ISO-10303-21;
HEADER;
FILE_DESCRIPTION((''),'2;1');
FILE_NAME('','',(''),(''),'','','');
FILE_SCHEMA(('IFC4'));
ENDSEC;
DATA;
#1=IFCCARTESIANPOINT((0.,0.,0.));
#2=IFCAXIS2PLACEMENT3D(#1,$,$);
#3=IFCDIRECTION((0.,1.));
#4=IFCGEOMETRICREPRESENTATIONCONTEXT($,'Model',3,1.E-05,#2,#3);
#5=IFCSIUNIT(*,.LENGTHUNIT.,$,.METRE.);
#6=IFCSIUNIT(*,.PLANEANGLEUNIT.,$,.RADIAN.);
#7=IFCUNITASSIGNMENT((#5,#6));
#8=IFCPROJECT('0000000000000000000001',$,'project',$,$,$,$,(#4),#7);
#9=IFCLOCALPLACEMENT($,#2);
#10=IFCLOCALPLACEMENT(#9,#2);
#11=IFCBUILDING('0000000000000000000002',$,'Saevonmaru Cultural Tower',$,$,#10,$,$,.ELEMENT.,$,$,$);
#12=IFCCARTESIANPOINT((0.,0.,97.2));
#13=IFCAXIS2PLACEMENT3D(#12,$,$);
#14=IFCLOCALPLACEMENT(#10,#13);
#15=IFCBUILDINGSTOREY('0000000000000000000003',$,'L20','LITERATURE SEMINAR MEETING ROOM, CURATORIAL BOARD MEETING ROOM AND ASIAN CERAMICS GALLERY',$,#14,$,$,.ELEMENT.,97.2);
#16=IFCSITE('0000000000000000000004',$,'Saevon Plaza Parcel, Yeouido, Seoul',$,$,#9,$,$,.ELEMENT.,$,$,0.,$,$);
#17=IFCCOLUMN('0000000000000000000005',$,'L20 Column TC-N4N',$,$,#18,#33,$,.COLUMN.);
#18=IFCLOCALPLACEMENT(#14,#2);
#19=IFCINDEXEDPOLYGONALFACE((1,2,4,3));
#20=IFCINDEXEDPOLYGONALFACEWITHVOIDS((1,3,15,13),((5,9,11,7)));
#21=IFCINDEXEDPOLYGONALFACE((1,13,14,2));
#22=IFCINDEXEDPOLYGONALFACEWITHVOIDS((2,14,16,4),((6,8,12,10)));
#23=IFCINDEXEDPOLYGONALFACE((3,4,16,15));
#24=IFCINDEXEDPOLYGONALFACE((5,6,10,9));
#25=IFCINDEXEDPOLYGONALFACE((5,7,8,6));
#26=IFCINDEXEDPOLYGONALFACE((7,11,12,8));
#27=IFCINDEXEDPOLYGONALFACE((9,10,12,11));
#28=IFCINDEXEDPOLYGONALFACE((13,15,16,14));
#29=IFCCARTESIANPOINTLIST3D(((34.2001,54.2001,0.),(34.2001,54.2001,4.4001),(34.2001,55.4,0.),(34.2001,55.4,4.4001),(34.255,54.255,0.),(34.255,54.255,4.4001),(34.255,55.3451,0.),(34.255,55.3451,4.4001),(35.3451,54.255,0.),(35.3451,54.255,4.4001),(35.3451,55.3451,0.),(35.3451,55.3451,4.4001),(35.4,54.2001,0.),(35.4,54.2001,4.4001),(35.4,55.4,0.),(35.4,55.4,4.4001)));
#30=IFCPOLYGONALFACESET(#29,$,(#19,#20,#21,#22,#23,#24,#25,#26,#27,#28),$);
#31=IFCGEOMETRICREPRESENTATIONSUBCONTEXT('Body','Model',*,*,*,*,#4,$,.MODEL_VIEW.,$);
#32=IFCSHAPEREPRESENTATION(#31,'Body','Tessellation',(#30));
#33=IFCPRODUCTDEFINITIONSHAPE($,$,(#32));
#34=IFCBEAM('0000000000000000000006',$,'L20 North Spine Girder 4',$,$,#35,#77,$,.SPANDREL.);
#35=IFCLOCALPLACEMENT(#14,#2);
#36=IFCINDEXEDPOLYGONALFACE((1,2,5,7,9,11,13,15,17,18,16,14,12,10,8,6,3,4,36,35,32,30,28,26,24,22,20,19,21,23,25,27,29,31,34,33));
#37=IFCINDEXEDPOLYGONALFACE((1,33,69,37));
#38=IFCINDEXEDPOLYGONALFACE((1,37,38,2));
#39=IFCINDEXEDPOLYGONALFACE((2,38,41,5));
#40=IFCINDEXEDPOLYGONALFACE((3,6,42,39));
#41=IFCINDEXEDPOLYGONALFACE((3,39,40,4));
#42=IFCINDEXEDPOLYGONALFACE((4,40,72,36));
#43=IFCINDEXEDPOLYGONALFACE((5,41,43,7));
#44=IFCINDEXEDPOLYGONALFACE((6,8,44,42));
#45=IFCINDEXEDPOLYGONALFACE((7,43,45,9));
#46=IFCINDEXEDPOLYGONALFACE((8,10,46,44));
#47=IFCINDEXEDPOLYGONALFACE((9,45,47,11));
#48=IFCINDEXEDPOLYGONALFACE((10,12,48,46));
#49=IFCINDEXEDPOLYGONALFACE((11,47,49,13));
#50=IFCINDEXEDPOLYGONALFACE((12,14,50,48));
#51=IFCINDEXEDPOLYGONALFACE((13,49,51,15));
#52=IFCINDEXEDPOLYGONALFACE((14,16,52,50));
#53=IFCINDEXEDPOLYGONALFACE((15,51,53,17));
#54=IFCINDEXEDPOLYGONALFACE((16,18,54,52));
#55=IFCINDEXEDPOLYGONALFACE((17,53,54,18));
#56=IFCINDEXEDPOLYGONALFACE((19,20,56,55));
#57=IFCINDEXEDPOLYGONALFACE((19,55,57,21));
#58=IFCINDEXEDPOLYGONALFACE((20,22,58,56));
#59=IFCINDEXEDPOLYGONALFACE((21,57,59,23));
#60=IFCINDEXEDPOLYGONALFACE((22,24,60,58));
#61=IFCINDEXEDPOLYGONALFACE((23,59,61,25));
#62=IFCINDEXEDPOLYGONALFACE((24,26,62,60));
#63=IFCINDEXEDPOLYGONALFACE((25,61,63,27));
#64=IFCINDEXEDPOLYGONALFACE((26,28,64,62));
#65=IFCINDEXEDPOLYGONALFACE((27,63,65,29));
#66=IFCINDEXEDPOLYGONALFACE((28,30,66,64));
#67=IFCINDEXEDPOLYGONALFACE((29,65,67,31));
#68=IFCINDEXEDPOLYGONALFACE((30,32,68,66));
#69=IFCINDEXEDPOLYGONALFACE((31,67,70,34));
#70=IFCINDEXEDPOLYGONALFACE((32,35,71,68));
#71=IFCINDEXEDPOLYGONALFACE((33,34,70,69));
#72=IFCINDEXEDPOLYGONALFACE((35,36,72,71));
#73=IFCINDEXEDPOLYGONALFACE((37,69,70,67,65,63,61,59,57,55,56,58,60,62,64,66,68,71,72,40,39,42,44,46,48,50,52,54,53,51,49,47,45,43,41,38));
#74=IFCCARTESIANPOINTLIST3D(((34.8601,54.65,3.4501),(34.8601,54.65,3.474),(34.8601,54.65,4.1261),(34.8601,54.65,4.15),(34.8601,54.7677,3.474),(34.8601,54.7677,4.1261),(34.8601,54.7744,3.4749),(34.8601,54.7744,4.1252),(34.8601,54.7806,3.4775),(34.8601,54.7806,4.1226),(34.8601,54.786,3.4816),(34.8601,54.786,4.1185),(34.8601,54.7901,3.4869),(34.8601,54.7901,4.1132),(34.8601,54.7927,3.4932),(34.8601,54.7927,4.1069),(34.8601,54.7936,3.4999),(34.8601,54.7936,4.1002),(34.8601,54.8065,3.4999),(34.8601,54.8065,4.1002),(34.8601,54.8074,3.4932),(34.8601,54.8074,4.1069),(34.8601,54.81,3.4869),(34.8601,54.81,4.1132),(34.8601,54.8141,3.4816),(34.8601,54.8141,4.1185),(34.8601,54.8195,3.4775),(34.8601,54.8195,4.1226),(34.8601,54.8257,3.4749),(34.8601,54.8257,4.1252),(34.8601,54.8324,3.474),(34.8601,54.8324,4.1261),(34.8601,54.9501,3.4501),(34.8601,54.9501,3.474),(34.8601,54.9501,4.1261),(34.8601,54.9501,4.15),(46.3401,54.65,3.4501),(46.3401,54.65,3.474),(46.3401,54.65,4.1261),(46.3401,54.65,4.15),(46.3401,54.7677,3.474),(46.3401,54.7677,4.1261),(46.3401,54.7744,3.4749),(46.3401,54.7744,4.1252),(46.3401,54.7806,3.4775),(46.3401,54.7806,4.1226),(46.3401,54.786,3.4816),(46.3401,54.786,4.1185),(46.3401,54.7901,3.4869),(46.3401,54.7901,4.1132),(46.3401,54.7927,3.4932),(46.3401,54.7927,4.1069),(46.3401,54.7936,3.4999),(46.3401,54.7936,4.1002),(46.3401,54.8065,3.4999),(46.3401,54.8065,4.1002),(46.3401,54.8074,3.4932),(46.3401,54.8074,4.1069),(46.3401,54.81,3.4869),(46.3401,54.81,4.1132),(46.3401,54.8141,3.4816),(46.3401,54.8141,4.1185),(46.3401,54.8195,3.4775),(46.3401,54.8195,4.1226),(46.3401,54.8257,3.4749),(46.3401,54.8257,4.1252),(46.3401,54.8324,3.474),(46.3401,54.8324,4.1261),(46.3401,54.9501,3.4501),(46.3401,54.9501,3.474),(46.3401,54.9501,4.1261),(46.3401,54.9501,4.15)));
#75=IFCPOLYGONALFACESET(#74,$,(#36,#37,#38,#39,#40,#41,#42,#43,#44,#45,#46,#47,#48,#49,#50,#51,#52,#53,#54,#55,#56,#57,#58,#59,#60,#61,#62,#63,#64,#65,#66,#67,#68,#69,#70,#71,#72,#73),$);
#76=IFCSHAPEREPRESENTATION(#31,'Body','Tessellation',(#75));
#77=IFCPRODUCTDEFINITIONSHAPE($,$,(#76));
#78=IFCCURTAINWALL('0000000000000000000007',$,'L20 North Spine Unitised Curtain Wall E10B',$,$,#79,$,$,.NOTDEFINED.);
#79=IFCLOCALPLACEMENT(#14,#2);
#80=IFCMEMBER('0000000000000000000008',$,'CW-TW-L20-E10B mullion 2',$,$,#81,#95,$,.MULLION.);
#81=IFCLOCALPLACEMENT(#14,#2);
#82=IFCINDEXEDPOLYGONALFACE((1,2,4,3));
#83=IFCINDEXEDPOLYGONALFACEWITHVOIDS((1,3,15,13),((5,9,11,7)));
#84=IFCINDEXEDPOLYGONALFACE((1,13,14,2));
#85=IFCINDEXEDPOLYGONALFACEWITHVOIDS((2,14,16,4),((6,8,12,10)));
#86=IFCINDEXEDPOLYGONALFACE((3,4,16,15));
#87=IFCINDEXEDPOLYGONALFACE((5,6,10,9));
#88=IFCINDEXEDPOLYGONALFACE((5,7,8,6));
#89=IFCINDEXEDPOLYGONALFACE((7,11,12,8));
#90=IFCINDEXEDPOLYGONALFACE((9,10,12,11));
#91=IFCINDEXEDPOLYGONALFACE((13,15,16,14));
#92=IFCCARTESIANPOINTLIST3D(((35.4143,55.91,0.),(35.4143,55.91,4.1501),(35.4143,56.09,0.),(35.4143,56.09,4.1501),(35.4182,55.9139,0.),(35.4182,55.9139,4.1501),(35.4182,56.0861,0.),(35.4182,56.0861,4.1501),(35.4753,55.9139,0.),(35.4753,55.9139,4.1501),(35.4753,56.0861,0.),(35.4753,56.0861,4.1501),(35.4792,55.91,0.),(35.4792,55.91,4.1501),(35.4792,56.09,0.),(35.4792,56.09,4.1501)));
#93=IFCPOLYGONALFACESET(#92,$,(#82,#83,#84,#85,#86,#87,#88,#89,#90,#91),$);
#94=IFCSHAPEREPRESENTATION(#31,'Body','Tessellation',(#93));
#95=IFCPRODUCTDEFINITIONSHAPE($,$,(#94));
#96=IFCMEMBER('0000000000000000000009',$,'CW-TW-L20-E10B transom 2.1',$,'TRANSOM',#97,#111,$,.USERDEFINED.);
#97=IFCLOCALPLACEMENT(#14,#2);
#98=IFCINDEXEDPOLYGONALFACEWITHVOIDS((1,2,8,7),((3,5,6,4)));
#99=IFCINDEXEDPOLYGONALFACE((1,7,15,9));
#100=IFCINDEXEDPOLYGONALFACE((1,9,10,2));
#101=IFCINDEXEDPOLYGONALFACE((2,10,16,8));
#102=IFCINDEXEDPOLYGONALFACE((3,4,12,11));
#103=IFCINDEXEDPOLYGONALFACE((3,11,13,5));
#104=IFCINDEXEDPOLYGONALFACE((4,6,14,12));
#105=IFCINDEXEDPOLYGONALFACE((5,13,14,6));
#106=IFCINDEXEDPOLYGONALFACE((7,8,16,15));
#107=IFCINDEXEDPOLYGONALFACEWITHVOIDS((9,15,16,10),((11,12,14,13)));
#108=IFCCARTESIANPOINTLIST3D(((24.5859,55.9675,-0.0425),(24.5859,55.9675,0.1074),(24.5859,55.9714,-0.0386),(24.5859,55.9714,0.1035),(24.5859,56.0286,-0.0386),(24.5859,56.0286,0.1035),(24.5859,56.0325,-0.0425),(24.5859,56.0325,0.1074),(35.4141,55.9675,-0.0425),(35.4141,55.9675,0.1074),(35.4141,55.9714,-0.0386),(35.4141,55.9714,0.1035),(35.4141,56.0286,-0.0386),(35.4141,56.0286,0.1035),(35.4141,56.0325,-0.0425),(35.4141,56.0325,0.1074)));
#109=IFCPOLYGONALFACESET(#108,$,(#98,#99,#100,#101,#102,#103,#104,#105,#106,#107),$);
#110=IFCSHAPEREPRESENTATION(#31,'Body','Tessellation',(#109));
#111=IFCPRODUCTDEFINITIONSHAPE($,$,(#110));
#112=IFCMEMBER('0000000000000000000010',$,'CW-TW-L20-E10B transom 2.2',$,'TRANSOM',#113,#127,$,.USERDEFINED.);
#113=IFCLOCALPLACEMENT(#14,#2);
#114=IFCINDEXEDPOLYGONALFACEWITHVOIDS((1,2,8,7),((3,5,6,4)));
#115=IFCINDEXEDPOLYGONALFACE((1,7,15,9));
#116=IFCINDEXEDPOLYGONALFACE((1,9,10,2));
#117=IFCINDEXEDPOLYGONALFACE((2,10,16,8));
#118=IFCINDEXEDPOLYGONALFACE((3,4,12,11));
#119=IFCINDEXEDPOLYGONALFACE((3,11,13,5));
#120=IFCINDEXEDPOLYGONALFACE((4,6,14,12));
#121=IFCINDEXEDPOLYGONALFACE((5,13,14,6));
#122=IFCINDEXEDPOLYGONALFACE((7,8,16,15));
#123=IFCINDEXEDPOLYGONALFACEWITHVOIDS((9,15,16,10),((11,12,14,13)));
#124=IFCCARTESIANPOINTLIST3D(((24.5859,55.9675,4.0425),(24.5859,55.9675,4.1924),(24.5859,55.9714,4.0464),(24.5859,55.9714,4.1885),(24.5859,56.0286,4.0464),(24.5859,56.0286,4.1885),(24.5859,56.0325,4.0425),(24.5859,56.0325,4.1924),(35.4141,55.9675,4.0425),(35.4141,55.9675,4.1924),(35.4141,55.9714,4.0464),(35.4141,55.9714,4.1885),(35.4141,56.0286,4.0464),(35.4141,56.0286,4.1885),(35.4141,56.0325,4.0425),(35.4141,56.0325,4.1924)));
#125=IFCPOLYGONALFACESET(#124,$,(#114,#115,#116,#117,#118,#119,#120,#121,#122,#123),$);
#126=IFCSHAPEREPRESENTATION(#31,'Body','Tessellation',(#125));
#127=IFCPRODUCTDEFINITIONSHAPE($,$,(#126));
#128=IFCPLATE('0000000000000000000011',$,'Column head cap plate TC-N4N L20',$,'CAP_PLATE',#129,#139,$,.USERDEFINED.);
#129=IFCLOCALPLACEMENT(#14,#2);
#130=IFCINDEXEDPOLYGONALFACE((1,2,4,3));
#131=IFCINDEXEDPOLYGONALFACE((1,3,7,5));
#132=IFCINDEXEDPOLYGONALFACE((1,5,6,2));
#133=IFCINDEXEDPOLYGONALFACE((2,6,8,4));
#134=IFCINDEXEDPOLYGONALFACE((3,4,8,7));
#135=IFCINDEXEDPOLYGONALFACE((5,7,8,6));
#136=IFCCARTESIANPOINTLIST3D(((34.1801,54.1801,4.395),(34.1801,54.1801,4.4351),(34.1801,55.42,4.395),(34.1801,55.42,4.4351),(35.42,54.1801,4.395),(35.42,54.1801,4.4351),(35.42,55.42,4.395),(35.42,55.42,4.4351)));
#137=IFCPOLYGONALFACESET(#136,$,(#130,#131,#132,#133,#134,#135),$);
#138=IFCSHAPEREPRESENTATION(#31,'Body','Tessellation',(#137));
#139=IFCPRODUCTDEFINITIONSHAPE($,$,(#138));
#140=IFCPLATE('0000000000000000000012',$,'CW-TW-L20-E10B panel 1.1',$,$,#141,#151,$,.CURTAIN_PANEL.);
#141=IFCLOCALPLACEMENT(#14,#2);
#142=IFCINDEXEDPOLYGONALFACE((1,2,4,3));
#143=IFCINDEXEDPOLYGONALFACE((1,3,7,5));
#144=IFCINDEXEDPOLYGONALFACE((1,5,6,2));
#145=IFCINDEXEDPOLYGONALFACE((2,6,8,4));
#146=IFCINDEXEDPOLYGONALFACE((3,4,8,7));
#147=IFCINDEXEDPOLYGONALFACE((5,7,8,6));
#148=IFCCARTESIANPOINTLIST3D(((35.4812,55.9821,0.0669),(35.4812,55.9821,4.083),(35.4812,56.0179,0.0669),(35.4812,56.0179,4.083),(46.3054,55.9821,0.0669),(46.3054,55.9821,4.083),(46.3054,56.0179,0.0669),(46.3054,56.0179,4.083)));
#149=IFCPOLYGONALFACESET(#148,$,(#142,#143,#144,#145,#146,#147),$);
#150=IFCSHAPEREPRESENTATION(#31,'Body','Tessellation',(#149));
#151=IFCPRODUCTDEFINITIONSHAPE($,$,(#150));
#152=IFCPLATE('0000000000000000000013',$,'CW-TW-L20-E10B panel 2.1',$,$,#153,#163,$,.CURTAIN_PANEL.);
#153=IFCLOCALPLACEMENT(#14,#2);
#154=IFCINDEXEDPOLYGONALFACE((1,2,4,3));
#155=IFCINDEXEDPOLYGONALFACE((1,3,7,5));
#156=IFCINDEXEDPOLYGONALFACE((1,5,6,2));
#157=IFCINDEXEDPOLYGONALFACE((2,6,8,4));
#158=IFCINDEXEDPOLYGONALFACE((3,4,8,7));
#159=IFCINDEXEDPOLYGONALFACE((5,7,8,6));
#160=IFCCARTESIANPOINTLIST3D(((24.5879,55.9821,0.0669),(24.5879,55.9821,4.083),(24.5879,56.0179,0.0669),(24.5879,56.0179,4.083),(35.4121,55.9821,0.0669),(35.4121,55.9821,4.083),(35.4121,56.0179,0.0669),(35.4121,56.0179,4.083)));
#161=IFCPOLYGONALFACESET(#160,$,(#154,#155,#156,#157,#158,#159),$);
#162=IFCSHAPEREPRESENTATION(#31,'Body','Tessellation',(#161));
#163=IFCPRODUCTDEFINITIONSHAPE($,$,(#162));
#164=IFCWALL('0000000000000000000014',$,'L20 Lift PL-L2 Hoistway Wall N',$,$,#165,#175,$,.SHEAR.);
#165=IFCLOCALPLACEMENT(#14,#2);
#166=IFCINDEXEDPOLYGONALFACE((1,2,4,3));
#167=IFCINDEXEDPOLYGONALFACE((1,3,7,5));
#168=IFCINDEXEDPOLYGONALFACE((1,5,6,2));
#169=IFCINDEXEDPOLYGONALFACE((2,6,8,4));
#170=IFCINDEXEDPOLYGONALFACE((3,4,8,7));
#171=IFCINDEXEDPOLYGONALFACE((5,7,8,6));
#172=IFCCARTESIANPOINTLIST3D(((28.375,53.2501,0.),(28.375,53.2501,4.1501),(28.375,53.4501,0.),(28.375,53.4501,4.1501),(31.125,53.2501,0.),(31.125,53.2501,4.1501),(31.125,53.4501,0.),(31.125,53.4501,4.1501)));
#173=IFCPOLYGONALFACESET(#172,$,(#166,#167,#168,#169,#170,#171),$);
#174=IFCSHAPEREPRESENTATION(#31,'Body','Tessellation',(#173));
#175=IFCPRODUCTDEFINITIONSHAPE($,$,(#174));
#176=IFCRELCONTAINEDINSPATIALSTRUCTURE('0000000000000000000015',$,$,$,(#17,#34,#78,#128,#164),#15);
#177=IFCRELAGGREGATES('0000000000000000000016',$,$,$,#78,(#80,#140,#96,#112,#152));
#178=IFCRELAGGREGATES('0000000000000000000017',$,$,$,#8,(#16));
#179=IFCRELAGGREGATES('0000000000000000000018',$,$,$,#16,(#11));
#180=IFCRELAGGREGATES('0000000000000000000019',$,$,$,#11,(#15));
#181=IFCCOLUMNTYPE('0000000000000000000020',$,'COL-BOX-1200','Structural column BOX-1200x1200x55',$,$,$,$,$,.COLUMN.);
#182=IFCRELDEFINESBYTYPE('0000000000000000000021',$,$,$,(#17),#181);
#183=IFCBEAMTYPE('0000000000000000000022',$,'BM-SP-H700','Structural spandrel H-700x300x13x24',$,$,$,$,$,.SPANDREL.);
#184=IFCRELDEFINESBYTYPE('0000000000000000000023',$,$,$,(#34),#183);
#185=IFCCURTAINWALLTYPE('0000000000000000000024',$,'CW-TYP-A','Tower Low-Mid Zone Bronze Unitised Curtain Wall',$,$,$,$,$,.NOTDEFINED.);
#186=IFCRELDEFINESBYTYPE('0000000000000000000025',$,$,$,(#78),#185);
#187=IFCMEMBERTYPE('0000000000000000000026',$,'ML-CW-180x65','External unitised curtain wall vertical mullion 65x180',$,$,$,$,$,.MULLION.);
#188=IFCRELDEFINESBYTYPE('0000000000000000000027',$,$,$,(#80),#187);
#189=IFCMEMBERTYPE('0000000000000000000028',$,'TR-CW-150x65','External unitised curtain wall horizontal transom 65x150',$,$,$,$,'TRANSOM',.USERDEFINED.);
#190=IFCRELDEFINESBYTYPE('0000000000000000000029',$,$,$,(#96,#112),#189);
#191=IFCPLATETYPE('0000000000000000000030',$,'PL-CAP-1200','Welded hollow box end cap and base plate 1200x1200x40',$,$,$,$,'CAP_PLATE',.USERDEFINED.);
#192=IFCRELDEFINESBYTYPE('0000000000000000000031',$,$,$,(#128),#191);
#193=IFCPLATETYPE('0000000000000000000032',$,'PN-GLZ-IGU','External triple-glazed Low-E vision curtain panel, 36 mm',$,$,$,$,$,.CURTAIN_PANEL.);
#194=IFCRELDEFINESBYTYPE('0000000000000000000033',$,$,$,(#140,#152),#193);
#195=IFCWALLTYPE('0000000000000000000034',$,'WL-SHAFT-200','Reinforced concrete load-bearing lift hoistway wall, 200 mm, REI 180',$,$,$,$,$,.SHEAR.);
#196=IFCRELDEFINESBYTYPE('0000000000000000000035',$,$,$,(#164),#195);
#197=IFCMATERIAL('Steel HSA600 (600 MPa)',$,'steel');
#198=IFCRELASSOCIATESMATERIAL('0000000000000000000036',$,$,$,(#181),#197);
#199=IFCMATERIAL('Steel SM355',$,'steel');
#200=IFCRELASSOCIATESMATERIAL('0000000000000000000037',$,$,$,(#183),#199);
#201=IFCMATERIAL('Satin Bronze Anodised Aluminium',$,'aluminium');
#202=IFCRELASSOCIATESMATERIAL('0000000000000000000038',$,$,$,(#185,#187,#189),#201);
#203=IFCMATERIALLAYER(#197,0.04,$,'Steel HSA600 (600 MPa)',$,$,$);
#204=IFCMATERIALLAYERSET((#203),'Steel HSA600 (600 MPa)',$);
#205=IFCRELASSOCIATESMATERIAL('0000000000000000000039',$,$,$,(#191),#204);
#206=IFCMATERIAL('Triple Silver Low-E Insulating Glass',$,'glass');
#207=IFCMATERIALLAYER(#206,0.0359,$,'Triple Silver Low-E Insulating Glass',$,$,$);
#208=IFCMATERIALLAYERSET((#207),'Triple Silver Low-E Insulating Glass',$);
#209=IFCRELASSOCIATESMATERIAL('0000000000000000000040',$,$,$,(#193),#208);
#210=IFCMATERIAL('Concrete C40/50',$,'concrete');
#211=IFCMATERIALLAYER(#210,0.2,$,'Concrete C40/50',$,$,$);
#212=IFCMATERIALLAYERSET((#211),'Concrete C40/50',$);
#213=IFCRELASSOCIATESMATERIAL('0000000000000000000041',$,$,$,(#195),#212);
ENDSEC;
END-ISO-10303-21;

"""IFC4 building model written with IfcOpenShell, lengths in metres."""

from ifc_helpers import new_model, si_unit, direction, frame, frame_2d, origin, origin_2d, place, context, subcontext, project, spatial, rectangle, hollow_rectangle, i_section, extrude, material, layer, layer_set, material_profile, profile_set, type_object, element, aggregate, save


model = new_model("IFC4")

# Units and contexts
model_context = context("Model", 3, precision=1e-05, world=origin(), true_north=direction((0.0, 1.0)))
body_context = subcontext(model_context, "Body", "Model", "MODEL_VIEW")
ifc_project = project(units=[si_unit("LENGTHUNIT", "METRE"), si_unit("PLANEANGLEUNIT", "RADIAN")], contexts=[model_context])

# Site, building, storey
site_placement = place(None, origin())
site = spatial("IfcSite", under=ifc_project, at=site_placement, Name="Saevon Plaza Parcel, Yeouido, Seoul", CompositionType="ELEMENT", RefElevation=0.0)
building_placement = place(site_placement, origin())
building = spatial("IfcBuilding", under=site, at=building_placement, Name="Saevonmaru Cultural Tower", CompositionType="ELEMENT")
storey_placement = place(building_placement, frame((0.0, 0.0, 97.2)))
storey = spatial("IfcBuildingStorey", under=building, at=storey_placement, Name="L20", Description="LITERATURE SEMINAR MEETING ROOM, CURATORIAL BOARD MEETING ROOM AND ASIAN CERAMICS GALLERY", CompositionType="ELEMENT", Elevation=97.2)

# Column
ifc_material_1 = material(Name="Steel HSA600 (600 MPa)", Category="steel")
ifc_material_profile_1 = material_profile(ifc_material_1, hollow_rectangle(XDim=1.2, YDim=1.2, WallThickness=0.0549, at=origin_2d()), Name="BOX-1200x1200x55")
ifc_profile_set_1 = profile_set([ifc_material_profile_1], Name="Steel HSA600 (600 MPa)")
column_type = type_object("IfcColumnType", Name="COL-BOX-1200", Description="Structural column BOX-1200x1200x55", PredefinedType="COLUMN", material=ifc_profile_set_1)
column_placement = place(storey_placement, frame((34.8, 54.8, 0.0), z_axis=(0.0, 0.0, 1.0), x_axis=(1.0, 0.0, 0.0)))
element("IfcColumn", 1, at=column_placement, inside=storey, type_object=column_type, Name="L20 Column TC-N4N", PredefinedType="COLUMN", context=body_context, shape_type="SweptSolid", body=[
    extrude(hollow_rectangle(XDim=1.2, YDim=1.2, WallThickness=0.0549, at=origin_2d()), origin(), (0.0, 0.0, 1.0), 4.4001),
])

# Beam
ifc_material_2 = material(Name="Steel SM355", Category="steel")
ifc_material_profile_2 = material_profile(ifc_material_2, i_section(OverallWidth=0.3, OverallDepth=0.7, WebThickness=0.0129, FlangeThickness=0.0239, FilletRadius=0.0259, at=origin_2d()), Name="H-700x300x13x24")
ifc_profile_set_2 = profile_set([ifc_material_profile_2], Name="Steel SM355")
beam_type = type_object("IfcBeamType", Name="BM-SP-H700", Description="Structural spandrel H-700x300x13x24", PredefinedType="SPANDREL", material=ifc_profile_set_2)
beam_placement = place(storey_placement, frame((34.8601, 54.8, 3.8), z_axis=(1.0, 0.0, 0.0), x_axis=(0.0, 1.0, 0.0)))
element("IfcBeam", 2, at=beam_placement, inside=storey, type_object=beam_type, Name="L20 North Spine Girder 4", PredefinedType="SPANDREL", context=body_context, shape_type="SweptSolid", body=[
    extrude(i_section(OverallWidth=0.3, OverallDepth=0.7, WebThickness=0.0129, FlangeThickness=0.0239, FilletRadius=0.0259, at=origin_2d()), origin(), (0.0, 0.0, 1.0), 11.48),
])

# Curtain wall, members
ifc_material_3 = material(Name="Satin Bronze Anodised Aluminium", Category="aluminium")
curtain_wall_type = type_object("IfcCurtainWallType", Name="CW-TYP-A", Description="Tower Low-Mid Zone Bronze Unitised Curtain Wall", PredefinedType="NOTDEFINED", material=ifc_material_3)
curtain_wall_placement = place(storey_placement, origin())
curtain_wall = element("IfcCurtainWall", 3, at=curtain_wall_placement, inside=storey, type_object=curtain_wall_type, Name="L20 North Spine Unitised Curtain Wall E10B", PredefinedType="NOTDEFINED")
ifc_material_profile_3 = material_profile(ifc_material_3, hollow_rectangle(XDim=0.0649, YDim=0.1799, WallThickness=0.0039, at=origin_2d()), Name="ALU-MULL-180x65x4")
ifc_profile_set_3 = profile_set([ifc_material_profile_3], Name="Satin Bronze Anodised Aluminium")
member_type_1 = type_object("IfcMemberType", Name="ML-CW-180x65", Description="External unitised curtain wall vertical mullion 65x180", PredefinedType="MULLION", material=ifc_profile_set_3)
member_1_placement = place(storey_placement, frame((35.4468, 56.0, 0.0), z_axis=(0.0, 0.0, 1.0), x_axis=(-1.0, 0.0, 0.0)))
member_1 = element("IfcMember", 4, at=member_1_placement, type_object=member_type_1, Name="CW-TW-L20-E10B mullion 2", PredefinedType="MULLION", context=body_context, shape_type="SweptSolid", body=[
    extrude(hollow_rectangle(XDim=0.0649, YDim=0.1799, WallThickness=0.0039, at=origin_2d()), origin(), (0.0, 0.0, 1.0), 4.1501),
])
ifc_material_profile_4 = material_profile(ifc_material_3, hollow_rectangle(XDim=0.0649, YDim=0.1499, WallThickness=0.0039, at=origin_2d()), Name="ALU-TRAN-150x65x4")
ifc_profile_set_4 = profile_set([ifc_material_profile_4], Name="Satin Bronze Anodised Aluminium")
member_type_2 = type_object("IfcMemberType", Name="TR-CW-150x65", Description="External unitised curtain wall horizontal transom 65x150", ElementType="TRANSOM", PredefinedType="USERDEFINED", material=ifc_profile_set_4)
member_2_placement = place(storey_placement, frame((35.4141, 56.0, 0.0325), z_axis=(-1.0, 0.0, 0.0), x_axis=(0.0, -1.0, 0.0)))
member_2 = element("IfcMember", 5, at=member_2_placement, type_object=member_type_2, Name="CW-TW-L20-E10B transom 2.1", ObjectType="TRANSOM", PredefinedType="USERDEFINED", context=body_context, shape_type="SweptSolid", body=[
    extrude(hollow_rectangle(XDim=0.0649, YDim=0.1499, WallThickness=0.0039, at=origin_2d()), origin(), (0.0, 0.0, 1.0), 10.8281),
])
member_3_placement = place(storey_placement, frame((35.4141, 56.0, 4.1174), z_axis=(-1.0, 0.0, 0.0), x_axis=(0.0, -1.0, 0.0)))
member_3 = element("IfcMember", 6, at=member_3_placement, type_object=member_type_2, Name="CW-TW-L20-E10B transom 2.2", ObjectType="TRANSOM", PredefinedType="USERDEFINED", context=body_context, shape_type="SweptSolid", body=[
    extrude(hollow_rectangle(XDim=0.0649, YDim=0.1499, WallThickness=0.0039, at=origin_2d()), origin(), (0.0, 0.0, 1.0), 10.8281),
])

# Plates
ifc_layer_1 = layer(ifc_material_1, 0.04, Name="Steel HSA600 (600 MPa)")
ifc_layer_set_1 = layer_set([ifc_layer_1], Name="Steel HSA600 (600 MPa)")
plate_type_1 = type_object("IfcPlateType", Name="PL-CAP-1200", Description="Welded hollow box end cap and base plate 1200x1200x40", ElementType="CAP_PLATE", PredefinedType="USERDEFINED", material=ifc_layer_set_1)
plate_1_placement = place(storey_placement, frame((34.8, 54.8, 4.395), z_axis=(0.0, 0.0, 1.0), x_axis=(1.0, 0.0, 0.0)))
element("IfcPlate", 7, at=plate_1_placement, inside=storey, type_object=plate_type_1, Name="Column head cap plate TC-N4N L20", ObjectType="CAP_PLATE", PredefinedType="USERDEFINED", context=body_context, shape_type="SweptSolid", body=[
    extrude(rectangle(XDim=1.24, YDim=1.24, at=origin_2d()), origin(), (0.0, 0.0, 1.0), 0.04),
])
ifc_material_4 = material(Name="Triple Silver Low-E Insulating Glass", Category="glass")
ifc_layer_2 = layer(ifc_material_4, 0.0359, Name="Triple Silver Low-E Insulating Glass")
ifc_layer_set_2 = layer_set([ifc_layer_2], Name="Triple Silver Low-E Insulating Glass")
plate_type_2 = type_object("IfcPlateType", Name="PN-GLZ-IGU", Description="External triple-glazed Low-E vision curtain panel, 36 mm", PredefinedType="CURTAIN_PANEL", material=ifc_layer_set_2)
plate_2_placement = place(storey_placement, frame((40.8933, 56.0, 0.0669), z_axis=(0.0, 0.0, 1.0), x_axis=(-1.0, 0.0, 0.0)))
plate_2 = element("IfcPlate", 8, at=plate_2_placement, type_object=plate_type_2, Name="CW-TW-L20-E10B panel 1.1", PredefinedType="CURTAIN_PANEL", context=body_context, shape_type="SweptSolid", body=[
    extrude(rectangle(XDim=10.8242, YDim=0.0359, at=origin_2d()), origin(), (0.0, 0.0, 1.0), 4.0161),
])
plate_3_placement = place(storey_placement, frame((30.0, 56.0, 0.0669), z_axis=(0.0, 0.0, 1.0), x_axis=(-1.0, 0.0, 0.0)))
plate_3 = element("IfcPlate", 9, at=plate_3_placement, type_object=plate_type_2, Name="CW-TW-L20-E10B panel 2.1", PredefinedType="CURTAIN_PANEL", context=body_context, shape_type="SweptSolid", body=[
    extrude(rectangle(XDim=10.8242, YDim=0.0359, at=origin_2d()), origin(), (0.0, 0.0, 1.0), 4.0161),
])
aggregate(curtain_wall, [member_1, plate_2, member_2, member_3, plate_3])

# Wall
ifc_material_5 = material(Name="Concrete C40/50", Category="concrete")
ifc_layer_3 = layer(ifc_material_5, 0.2, Name="Concrete C40/50")
ifc_layer_set_3 = layer_set([ifc_layer_3], Name="Concrete C40/50")
wall_type_1 = type_object("IfcWallType", Name="WL-SHAFT-200", Description="Reinforced concrete load-bearing lift hoistway wall, 200 mm, REI 180", PredefinedType="SHEAR", material=ifc_layer_set_3)
wall_1_placement = place(storey_placement, frame((28.375, 53.3501, 0.0), z_axis=(0.0, 0.0, 1.0), x_axis=(1.0, 0.0, 0.0)))
element("IfcWall", 10, at=wall_1_placement, inside=storey, type_object=wall_type_1, Name="L20 Lift PL-L2 Hoistway Wall N", PredefinedType="SHEAR", context=body_context, shape_type="SweptSolid", body=[
    extrude(rectangle(XDim=2.75, YDim=0.2, at=frame_2d((1.375, 0.0))), origin(), (0.0, 0.0, 1.0), 4.1501),
])

save(model, "model.ifc")
